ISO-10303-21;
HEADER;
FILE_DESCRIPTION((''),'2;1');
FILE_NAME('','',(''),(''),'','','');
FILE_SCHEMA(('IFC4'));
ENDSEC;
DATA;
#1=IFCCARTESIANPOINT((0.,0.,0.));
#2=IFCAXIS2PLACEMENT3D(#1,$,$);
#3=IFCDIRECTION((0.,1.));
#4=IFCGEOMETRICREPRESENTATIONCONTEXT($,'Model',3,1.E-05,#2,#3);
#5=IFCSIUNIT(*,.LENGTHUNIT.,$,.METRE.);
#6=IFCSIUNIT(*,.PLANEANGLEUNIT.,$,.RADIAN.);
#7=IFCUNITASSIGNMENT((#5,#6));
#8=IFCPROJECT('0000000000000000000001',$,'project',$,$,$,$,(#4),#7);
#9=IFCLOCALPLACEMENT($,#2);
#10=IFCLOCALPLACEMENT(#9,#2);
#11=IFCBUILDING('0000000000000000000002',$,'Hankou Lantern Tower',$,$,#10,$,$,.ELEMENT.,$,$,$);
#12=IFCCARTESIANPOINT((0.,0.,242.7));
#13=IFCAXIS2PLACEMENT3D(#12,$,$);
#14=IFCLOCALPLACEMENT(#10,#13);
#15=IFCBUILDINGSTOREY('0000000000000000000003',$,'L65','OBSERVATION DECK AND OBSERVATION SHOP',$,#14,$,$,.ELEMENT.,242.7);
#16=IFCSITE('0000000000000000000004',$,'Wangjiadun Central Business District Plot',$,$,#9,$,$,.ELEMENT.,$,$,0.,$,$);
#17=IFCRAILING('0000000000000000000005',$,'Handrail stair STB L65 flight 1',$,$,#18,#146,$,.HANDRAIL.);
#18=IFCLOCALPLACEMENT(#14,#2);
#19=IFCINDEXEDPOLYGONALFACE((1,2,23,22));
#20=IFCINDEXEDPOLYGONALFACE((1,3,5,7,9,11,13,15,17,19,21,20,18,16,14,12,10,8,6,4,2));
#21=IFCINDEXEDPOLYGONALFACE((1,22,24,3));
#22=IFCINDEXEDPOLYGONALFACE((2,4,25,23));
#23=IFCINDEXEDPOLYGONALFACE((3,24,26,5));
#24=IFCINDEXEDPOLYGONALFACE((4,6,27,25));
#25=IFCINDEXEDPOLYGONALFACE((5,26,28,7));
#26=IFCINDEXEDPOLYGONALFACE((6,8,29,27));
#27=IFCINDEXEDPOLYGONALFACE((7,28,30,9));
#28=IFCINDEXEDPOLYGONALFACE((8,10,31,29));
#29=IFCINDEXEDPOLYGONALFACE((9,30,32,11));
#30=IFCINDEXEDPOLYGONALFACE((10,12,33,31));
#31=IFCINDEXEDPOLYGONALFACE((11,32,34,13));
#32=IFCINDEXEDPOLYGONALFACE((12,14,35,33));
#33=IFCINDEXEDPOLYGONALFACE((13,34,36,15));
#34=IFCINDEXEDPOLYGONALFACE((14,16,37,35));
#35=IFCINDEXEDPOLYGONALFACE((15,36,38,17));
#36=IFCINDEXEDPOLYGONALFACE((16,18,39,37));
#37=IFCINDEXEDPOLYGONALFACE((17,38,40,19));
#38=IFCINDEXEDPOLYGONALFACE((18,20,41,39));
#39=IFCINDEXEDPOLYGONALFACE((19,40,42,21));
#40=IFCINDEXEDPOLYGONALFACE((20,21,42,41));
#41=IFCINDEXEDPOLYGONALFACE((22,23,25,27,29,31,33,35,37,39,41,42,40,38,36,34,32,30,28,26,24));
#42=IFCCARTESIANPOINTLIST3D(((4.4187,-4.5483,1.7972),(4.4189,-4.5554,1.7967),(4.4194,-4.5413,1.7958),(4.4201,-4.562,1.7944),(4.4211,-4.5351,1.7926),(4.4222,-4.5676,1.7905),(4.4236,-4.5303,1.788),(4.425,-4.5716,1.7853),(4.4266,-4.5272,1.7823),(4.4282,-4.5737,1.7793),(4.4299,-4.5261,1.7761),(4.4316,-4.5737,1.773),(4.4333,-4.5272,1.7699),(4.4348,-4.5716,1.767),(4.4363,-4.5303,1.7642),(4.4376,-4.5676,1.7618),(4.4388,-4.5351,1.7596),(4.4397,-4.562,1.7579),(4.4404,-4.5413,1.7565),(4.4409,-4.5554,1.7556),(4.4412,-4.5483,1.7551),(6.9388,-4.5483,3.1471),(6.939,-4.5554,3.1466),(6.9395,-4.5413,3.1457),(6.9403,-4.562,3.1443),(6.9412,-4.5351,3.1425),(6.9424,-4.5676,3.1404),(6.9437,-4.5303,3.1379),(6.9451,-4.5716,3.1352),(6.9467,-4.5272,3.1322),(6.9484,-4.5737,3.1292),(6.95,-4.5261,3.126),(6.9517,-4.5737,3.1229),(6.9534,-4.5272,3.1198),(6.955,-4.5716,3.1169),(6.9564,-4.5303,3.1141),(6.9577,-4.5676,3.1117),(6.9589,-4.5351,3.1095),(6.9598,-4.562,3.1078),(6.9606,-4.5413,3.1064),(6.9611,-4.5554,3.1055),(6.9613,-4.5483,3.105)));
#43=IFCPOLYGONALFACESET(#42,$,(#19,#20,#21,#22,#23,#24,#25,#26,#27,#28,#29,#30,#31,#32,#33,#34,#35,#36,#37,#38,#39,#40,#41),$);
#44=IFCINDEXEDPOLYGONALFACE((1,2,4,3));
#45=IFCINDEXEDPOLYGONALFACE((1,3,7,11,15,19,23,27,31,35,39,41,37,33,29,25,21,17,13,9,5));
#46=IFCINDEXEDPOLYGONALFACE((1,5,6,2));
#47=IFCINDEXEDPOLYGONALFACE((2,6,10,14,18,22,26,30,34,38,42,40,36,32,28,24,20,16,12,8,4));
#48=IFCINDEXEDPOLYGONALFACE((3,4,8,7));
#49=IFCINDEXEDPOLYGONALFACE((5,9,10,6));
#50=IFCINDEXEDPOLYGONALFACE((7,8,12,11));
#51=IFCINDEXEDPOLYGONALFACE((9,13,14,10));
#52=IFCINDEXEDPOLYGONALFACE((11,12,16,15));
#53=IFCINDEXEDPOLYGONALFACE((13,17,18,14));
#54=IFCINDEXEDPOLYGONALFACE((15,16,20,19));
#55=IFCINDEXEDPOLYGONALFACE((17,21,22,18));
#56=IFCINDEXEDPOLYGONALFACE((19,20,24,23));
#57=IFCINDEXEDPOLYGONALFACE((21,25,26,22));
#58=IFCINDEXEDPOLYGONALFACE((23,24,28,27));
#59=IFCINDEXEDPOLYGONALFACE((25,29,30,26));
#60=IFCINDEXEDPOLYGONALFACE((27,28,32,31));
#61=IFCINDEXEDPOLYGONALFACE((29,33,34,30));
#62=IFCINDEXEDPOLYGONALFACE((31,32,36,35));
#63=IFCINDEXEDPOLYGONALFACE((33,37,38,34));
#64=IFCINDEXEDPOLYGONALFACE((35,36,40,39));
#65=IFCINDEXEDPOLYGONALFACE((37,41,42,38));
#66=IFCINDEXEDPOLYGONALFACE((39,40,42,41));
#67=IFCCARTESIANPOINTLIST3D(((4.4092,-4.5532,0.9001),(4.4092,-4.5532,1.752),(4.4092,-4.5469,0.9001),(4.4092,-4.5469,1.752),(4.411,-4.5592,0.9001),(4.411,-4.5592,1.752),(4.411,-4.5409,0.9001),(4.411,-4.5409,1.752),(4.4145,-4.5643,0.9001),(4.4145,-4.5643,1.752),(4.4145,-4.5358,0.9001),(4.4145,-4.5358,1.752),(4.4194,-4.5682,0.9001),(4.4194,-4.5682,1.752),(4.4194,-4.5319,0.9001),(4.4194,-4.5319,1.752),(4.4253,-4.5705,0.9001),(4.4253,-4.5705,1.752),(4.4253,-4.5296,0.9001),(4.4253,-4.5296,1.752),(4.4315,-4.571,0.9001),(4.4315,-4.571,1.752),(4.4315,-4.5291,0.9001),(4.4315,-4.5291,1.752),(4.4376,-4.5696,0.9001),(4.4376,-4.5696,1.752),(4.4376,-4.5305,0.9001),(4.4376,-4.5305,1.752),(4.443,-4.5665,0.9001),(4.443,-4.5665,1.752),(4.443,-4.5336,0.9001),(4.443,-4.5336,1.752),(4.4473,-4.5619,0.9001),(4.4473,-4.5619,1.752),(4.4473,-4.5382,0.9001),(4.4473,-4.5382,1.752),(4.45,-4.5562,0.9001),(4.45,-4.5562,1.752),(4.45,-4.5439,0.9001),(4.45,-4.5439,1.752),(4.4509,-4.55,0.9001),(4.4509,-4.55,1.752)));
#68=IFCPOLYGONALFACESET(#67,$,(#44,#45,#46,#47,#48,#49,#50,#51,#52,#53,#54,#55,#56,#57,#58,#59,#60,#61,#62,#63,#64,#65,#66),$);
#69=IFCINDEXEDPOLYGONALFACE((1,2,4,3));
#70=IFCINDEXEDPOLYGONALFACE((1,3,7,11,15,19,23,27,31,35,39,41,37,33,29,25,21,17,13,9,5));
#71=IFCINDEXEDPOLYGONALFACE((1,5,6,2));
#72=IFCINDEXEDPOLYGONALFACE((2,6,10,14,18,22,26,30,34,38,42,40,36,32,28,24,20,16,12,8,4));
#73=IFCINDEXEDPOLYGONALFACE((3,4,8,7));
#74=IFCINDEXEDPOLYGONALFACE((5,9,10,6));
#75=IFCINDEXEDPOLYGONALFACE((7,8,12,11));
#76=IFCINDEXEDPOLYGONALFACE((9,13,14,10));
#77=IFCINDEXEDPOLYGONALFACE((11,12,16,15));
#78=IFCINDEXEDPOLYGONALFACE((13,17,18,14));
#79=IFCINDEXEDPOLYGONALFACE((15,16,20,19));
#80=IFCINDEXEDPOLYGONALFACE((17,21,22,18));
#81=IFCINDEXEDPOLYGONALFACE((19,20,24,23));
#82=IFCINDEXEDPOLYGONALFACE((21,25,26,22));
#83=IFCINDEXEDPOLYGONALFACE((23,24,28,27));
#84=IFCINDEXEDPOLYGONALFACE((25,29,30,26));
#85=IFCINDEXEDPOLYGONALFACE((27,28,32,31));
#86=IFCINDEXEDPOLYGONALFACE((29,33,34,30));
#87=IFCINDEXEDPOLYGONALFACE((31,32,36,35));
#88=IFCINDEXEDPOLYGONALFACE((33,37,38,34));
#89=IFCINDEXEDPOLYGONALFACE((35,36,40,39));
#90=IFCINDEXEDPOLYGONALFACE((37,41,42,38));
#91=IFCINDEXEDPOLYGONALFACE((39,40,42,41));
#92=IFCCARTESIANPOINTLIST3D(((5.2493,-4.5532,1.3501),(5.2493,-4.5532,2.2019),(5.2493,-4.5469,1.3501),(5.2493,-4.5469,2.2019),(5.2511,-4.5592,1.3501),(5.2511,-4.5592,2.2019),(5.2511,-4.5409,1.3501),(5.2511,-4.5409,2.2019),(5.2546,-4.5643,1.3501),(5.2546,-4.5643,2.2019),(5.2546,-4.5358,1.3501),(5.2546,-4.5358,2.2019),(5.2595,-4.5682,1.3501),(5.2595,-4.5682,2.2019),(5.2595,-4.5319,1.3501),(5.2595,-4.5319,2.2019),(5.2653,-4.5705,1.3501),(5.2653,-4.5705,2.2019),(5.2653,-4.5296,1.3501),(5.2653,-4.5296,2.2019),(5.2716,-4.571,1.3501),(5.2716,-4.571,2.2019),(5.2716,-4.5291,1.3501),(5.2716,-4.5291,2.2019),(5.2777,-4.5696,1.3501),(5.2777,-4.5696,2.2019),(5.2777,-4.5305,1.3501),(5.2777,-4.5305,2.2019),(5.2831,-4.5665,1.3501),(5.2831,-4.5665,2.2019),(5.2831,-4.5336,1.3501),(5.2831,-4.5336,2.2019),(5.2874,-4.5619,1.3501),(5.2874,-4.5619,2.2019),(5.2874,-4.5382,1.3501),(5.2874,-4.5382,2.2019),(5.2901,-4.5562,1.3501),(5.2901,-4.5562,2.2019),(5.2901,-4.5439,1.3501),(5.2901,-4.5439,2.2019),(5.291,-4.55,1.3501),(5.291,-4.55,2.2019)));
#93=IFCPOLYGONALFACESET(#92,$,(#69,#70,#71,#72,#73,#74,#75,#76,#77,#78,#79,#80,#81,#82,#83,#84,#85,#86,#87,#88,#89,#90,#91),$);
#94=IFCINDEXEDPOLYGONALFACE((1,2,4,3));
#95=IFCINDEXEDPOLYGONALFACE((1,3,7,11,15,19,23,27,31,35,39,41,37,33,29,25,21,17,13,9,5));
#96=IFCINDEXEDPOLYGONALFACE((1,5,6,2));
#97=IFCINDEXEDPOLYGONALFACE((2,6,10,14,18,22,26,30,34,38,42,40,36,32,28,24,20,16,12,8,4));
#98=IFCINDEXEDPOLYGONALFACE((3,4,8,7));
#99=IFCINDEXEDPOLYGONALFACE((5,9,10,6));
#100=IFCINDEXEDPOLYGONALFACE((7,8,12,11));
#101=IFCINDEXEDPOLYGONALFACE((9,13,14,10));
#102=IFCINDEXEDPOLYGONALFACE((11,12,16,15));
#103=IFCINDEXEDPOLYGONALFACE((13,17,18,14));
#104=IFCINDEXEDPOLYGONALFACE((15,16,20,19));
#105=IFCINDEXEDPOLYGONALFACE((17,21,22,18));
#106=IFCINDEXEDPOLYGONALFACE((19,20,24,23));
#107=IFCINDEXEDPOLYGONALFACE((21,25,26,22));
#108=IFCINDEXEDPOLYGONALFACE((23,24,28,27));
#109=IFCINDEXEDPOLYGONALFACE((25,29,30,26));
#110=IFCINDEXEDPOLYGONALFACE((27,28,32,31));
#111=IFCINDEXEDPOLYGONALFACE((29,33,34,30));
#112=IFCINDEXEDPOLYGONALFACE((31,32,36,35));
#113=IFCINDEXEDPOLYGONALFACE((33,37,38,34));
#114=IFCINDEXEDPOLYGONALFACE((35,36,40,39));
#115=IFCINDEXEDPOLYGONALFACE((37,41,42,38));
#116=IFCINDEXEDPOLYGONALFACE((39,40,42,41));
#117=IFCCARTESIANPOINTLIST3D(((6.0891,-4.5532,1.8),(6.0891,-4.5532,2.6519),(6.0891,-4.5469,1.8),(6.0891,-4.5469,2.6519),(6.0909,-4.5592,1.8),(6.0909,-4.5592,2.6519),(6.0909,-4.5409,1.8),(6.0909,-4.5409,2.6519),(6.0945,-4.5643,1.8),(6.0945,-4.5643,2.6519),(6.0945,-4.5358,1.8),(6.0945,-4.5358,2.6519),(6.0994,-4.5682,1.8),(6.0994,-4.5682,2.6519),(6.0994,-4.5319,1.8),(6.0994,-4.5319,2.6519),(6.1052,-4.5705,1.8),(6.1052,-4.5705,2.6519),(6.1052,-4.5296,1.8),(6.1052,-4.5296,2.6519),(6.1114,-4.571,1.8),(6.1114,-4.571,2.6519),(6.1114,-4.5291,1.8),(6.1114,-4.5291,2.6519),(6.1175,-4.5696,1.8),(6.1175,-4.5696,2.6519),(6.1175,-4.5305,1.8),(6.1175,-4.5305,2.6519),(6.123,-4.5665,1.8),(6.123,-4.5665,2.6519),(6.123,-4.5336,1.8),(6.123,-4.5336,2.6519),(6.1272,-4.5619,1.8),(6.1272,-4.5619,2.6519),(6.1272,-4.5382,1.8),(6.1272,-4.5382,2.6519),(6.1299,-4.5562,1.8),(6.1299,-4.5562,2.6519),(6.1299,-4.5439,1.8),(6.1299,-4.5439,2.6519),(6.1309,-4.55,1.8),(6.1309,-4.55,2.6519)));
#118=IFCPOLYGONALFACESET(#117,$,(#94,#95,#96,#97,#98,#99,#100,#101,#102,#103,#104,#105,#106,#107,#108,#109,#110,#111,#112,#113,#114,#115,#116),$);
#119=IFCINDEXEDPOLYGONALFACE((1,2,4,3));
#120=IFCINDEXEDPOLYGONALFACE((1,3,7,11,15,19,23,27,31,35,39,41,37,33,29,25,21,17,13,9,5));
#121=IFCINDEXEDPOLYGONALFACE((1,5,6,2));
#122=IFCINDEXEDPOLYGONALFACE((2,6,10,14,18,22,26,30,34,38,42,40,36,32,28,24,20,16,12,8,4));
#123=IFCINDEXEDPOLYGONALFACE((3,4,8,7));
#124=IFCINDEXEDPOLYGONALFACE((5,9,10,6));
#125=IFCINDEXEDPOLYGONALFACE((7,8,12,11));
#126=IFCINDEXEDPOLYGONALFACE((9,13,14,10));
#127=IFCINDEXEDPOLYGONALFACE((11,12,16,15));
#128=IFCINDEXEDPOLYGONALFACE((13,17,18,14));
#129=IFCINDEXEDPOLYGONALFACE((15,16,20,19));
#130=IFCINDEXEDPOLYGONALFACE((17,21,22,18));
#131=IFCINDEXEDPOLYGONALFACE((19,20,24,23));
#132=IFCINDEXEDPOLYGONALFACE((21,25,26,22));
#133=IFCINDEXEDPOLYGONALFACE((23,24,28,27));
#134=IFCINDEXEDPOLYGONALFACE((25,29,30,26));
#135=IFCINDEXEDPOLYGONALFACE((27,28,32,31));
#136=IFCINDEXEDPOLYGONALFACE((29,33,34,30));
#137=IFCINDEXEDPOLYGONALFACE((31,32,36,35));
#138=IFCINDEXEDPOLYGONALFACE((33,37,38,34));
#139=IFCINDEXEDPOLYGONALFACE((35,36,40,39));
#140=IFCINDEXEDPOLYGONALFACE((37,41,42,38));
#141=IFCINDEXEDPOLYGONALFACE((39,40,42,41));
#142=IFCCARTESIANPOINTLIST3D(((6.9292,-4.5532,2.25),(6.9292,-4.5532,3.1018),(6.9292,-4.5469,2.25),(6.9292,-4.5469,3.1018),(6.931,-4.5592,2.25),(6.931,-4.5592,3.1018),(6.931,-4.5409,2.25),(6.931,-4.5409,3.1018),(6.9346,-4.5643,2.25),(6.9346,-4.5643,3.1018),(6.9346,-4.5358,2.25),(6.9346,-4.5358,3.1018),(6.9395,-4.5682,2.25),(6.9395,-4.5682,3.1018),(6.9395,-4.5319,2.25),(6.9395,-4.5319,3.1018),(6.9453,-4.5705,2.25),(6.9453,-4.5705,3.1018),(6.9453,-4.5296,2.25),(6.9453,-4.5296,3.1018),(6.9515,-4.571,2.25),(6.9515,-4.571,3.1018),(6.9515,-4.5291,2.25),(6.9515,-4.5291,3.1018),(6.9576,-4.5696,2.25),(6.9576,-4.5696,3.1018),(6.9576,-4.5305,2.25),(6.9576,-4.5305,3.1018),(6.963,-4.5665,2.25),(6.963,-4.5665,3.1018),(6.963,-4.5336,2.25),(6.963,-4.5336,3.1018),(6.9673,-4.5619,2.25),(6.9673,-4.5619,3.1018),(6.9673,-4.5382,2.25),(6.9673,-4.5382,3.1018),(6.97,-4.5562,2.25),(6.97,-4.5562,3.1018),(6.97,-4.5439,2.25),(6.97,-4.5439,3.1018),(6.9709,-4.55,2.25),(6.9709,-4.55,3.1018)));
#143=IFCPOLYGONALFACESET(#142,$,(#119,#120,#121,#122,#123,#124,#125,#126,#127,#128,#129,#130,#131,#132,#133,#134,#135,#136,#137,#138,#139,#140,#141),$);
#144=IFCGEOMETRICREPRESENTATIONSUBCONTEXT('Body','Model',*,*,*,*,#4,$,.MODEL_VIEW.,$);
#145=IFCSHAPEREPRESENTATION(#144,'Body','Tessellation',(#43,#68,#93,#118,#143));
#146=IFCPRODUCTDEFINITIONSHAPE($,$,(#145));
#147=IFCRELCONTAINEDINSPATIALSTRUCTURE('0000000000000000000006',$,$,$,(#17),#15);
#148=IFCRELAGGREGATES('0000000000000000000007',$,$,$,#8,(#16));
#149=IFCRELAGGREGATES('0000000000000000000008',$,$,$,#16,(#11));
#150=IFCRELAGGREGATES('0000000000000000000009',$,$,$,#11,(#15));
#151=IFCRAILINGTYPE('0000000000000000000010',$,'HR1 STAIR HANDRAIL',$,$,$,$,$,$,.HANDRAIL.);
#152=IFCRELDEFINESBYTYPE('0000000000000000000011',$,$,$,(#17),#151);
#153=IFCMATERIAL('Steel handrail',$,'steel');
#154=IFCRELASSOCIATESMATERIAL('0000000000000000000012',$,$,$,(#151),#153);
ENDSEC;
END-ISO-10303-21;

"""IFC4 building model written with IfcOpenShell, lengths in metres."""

from ifc_helpers import new_model, si_unit, direction, frame, origin, origin_2d, place, context, subcontext, project, spatial, circle, extrude, material, type_object, element, save


model = new_model("IFC4")

# Units and contexts
model_context = context("Model", 3, precision=1e-05, world=origin(), true_north=direction((0.0, 1.0)))
body_context = subcontext(model_context, "Body", "Model", "MODEL_VIEW")
ifc_project = project(units=[si_unit("LENGTHUNIT", "METRE"), si_unit("PLANEANGLEUNIT", "RADIAN")], contexts=[model_context])

# Site, building, storey
site_placement = place(None, origin())
site = spatial("IfcSite", under=ifc_project, at=site_placement, Name="Wangjiadun Central Business District Plot", CompositionType="ELEMENT", RefElevation=0.0)
building_placement = place(site_placement, origin())
building = spatial("IfcBuilding", under=site, at=building_placement, Name="Hankou Lantern Tower", CompositionType="ELEMENT")
storey_placement = place(building_placement, frame((0.0, 0.0, 242.7)))
storey = spatial("IfcBuildingStorey", under=building, at=storey_placement, Name="L65", Description="OBSERVATION DECK AND OBSERVATION SHOP", CompositionType="ELEMENT", Elevation=242.7)

# Railing
ifc_material_1 = material(Name="Steel handrail", Category="steel")
railing_type = type_object("IfcRailingType", Name="HR1 STAIR HANDRAIL", PredefinedType="HANDRAIL", material=ifc_material_1)
railing_1_placement = place(storey_placement, frame((4.4299, -4.55, 0.9001)))
element("IfcRailing", 1, at=railing_1_placement, inside=storey, type_object=railing_type, Name="Handrail stair STB L65 flight 1", PredefinedType="HANDRAIL", context=body_context, shape_type="SweptSolid", body=[
    extrude(circle(Radius=0.0239, at=origin_2d()), frame((0.0, 0.0, 0.876), z_axis=(0.881503, 0.0, 0.472179), x_axis=(0.0, 1.0, 0.0)), (0.0, 0.0, 1.0), 2.8589),
    extrude(circle(Radius=0.021, at=origin_2d()), origin(), (0.0, 0.0, 1.0), 0.8518),
    extrude(circle(Radius=0.021, at=origin_2d()), frame((0.8401, 0.0, 0.45)), (0.0, 0.0, 1.0), 0.8518),
    extrude(circle(Radius=0.021, at=origin_2d()), frame((1.6799, 0.0, 0.8999)), (0.0, 0.0, 1.0), 0.8518),
    extrude(circle(Radius=0.021, at=origin_2d()), frame((2.52, 0.0, 1.3499)), (0.0, 0.0, 1.0), 0.8518),
])

save(model, "model.ifc")
